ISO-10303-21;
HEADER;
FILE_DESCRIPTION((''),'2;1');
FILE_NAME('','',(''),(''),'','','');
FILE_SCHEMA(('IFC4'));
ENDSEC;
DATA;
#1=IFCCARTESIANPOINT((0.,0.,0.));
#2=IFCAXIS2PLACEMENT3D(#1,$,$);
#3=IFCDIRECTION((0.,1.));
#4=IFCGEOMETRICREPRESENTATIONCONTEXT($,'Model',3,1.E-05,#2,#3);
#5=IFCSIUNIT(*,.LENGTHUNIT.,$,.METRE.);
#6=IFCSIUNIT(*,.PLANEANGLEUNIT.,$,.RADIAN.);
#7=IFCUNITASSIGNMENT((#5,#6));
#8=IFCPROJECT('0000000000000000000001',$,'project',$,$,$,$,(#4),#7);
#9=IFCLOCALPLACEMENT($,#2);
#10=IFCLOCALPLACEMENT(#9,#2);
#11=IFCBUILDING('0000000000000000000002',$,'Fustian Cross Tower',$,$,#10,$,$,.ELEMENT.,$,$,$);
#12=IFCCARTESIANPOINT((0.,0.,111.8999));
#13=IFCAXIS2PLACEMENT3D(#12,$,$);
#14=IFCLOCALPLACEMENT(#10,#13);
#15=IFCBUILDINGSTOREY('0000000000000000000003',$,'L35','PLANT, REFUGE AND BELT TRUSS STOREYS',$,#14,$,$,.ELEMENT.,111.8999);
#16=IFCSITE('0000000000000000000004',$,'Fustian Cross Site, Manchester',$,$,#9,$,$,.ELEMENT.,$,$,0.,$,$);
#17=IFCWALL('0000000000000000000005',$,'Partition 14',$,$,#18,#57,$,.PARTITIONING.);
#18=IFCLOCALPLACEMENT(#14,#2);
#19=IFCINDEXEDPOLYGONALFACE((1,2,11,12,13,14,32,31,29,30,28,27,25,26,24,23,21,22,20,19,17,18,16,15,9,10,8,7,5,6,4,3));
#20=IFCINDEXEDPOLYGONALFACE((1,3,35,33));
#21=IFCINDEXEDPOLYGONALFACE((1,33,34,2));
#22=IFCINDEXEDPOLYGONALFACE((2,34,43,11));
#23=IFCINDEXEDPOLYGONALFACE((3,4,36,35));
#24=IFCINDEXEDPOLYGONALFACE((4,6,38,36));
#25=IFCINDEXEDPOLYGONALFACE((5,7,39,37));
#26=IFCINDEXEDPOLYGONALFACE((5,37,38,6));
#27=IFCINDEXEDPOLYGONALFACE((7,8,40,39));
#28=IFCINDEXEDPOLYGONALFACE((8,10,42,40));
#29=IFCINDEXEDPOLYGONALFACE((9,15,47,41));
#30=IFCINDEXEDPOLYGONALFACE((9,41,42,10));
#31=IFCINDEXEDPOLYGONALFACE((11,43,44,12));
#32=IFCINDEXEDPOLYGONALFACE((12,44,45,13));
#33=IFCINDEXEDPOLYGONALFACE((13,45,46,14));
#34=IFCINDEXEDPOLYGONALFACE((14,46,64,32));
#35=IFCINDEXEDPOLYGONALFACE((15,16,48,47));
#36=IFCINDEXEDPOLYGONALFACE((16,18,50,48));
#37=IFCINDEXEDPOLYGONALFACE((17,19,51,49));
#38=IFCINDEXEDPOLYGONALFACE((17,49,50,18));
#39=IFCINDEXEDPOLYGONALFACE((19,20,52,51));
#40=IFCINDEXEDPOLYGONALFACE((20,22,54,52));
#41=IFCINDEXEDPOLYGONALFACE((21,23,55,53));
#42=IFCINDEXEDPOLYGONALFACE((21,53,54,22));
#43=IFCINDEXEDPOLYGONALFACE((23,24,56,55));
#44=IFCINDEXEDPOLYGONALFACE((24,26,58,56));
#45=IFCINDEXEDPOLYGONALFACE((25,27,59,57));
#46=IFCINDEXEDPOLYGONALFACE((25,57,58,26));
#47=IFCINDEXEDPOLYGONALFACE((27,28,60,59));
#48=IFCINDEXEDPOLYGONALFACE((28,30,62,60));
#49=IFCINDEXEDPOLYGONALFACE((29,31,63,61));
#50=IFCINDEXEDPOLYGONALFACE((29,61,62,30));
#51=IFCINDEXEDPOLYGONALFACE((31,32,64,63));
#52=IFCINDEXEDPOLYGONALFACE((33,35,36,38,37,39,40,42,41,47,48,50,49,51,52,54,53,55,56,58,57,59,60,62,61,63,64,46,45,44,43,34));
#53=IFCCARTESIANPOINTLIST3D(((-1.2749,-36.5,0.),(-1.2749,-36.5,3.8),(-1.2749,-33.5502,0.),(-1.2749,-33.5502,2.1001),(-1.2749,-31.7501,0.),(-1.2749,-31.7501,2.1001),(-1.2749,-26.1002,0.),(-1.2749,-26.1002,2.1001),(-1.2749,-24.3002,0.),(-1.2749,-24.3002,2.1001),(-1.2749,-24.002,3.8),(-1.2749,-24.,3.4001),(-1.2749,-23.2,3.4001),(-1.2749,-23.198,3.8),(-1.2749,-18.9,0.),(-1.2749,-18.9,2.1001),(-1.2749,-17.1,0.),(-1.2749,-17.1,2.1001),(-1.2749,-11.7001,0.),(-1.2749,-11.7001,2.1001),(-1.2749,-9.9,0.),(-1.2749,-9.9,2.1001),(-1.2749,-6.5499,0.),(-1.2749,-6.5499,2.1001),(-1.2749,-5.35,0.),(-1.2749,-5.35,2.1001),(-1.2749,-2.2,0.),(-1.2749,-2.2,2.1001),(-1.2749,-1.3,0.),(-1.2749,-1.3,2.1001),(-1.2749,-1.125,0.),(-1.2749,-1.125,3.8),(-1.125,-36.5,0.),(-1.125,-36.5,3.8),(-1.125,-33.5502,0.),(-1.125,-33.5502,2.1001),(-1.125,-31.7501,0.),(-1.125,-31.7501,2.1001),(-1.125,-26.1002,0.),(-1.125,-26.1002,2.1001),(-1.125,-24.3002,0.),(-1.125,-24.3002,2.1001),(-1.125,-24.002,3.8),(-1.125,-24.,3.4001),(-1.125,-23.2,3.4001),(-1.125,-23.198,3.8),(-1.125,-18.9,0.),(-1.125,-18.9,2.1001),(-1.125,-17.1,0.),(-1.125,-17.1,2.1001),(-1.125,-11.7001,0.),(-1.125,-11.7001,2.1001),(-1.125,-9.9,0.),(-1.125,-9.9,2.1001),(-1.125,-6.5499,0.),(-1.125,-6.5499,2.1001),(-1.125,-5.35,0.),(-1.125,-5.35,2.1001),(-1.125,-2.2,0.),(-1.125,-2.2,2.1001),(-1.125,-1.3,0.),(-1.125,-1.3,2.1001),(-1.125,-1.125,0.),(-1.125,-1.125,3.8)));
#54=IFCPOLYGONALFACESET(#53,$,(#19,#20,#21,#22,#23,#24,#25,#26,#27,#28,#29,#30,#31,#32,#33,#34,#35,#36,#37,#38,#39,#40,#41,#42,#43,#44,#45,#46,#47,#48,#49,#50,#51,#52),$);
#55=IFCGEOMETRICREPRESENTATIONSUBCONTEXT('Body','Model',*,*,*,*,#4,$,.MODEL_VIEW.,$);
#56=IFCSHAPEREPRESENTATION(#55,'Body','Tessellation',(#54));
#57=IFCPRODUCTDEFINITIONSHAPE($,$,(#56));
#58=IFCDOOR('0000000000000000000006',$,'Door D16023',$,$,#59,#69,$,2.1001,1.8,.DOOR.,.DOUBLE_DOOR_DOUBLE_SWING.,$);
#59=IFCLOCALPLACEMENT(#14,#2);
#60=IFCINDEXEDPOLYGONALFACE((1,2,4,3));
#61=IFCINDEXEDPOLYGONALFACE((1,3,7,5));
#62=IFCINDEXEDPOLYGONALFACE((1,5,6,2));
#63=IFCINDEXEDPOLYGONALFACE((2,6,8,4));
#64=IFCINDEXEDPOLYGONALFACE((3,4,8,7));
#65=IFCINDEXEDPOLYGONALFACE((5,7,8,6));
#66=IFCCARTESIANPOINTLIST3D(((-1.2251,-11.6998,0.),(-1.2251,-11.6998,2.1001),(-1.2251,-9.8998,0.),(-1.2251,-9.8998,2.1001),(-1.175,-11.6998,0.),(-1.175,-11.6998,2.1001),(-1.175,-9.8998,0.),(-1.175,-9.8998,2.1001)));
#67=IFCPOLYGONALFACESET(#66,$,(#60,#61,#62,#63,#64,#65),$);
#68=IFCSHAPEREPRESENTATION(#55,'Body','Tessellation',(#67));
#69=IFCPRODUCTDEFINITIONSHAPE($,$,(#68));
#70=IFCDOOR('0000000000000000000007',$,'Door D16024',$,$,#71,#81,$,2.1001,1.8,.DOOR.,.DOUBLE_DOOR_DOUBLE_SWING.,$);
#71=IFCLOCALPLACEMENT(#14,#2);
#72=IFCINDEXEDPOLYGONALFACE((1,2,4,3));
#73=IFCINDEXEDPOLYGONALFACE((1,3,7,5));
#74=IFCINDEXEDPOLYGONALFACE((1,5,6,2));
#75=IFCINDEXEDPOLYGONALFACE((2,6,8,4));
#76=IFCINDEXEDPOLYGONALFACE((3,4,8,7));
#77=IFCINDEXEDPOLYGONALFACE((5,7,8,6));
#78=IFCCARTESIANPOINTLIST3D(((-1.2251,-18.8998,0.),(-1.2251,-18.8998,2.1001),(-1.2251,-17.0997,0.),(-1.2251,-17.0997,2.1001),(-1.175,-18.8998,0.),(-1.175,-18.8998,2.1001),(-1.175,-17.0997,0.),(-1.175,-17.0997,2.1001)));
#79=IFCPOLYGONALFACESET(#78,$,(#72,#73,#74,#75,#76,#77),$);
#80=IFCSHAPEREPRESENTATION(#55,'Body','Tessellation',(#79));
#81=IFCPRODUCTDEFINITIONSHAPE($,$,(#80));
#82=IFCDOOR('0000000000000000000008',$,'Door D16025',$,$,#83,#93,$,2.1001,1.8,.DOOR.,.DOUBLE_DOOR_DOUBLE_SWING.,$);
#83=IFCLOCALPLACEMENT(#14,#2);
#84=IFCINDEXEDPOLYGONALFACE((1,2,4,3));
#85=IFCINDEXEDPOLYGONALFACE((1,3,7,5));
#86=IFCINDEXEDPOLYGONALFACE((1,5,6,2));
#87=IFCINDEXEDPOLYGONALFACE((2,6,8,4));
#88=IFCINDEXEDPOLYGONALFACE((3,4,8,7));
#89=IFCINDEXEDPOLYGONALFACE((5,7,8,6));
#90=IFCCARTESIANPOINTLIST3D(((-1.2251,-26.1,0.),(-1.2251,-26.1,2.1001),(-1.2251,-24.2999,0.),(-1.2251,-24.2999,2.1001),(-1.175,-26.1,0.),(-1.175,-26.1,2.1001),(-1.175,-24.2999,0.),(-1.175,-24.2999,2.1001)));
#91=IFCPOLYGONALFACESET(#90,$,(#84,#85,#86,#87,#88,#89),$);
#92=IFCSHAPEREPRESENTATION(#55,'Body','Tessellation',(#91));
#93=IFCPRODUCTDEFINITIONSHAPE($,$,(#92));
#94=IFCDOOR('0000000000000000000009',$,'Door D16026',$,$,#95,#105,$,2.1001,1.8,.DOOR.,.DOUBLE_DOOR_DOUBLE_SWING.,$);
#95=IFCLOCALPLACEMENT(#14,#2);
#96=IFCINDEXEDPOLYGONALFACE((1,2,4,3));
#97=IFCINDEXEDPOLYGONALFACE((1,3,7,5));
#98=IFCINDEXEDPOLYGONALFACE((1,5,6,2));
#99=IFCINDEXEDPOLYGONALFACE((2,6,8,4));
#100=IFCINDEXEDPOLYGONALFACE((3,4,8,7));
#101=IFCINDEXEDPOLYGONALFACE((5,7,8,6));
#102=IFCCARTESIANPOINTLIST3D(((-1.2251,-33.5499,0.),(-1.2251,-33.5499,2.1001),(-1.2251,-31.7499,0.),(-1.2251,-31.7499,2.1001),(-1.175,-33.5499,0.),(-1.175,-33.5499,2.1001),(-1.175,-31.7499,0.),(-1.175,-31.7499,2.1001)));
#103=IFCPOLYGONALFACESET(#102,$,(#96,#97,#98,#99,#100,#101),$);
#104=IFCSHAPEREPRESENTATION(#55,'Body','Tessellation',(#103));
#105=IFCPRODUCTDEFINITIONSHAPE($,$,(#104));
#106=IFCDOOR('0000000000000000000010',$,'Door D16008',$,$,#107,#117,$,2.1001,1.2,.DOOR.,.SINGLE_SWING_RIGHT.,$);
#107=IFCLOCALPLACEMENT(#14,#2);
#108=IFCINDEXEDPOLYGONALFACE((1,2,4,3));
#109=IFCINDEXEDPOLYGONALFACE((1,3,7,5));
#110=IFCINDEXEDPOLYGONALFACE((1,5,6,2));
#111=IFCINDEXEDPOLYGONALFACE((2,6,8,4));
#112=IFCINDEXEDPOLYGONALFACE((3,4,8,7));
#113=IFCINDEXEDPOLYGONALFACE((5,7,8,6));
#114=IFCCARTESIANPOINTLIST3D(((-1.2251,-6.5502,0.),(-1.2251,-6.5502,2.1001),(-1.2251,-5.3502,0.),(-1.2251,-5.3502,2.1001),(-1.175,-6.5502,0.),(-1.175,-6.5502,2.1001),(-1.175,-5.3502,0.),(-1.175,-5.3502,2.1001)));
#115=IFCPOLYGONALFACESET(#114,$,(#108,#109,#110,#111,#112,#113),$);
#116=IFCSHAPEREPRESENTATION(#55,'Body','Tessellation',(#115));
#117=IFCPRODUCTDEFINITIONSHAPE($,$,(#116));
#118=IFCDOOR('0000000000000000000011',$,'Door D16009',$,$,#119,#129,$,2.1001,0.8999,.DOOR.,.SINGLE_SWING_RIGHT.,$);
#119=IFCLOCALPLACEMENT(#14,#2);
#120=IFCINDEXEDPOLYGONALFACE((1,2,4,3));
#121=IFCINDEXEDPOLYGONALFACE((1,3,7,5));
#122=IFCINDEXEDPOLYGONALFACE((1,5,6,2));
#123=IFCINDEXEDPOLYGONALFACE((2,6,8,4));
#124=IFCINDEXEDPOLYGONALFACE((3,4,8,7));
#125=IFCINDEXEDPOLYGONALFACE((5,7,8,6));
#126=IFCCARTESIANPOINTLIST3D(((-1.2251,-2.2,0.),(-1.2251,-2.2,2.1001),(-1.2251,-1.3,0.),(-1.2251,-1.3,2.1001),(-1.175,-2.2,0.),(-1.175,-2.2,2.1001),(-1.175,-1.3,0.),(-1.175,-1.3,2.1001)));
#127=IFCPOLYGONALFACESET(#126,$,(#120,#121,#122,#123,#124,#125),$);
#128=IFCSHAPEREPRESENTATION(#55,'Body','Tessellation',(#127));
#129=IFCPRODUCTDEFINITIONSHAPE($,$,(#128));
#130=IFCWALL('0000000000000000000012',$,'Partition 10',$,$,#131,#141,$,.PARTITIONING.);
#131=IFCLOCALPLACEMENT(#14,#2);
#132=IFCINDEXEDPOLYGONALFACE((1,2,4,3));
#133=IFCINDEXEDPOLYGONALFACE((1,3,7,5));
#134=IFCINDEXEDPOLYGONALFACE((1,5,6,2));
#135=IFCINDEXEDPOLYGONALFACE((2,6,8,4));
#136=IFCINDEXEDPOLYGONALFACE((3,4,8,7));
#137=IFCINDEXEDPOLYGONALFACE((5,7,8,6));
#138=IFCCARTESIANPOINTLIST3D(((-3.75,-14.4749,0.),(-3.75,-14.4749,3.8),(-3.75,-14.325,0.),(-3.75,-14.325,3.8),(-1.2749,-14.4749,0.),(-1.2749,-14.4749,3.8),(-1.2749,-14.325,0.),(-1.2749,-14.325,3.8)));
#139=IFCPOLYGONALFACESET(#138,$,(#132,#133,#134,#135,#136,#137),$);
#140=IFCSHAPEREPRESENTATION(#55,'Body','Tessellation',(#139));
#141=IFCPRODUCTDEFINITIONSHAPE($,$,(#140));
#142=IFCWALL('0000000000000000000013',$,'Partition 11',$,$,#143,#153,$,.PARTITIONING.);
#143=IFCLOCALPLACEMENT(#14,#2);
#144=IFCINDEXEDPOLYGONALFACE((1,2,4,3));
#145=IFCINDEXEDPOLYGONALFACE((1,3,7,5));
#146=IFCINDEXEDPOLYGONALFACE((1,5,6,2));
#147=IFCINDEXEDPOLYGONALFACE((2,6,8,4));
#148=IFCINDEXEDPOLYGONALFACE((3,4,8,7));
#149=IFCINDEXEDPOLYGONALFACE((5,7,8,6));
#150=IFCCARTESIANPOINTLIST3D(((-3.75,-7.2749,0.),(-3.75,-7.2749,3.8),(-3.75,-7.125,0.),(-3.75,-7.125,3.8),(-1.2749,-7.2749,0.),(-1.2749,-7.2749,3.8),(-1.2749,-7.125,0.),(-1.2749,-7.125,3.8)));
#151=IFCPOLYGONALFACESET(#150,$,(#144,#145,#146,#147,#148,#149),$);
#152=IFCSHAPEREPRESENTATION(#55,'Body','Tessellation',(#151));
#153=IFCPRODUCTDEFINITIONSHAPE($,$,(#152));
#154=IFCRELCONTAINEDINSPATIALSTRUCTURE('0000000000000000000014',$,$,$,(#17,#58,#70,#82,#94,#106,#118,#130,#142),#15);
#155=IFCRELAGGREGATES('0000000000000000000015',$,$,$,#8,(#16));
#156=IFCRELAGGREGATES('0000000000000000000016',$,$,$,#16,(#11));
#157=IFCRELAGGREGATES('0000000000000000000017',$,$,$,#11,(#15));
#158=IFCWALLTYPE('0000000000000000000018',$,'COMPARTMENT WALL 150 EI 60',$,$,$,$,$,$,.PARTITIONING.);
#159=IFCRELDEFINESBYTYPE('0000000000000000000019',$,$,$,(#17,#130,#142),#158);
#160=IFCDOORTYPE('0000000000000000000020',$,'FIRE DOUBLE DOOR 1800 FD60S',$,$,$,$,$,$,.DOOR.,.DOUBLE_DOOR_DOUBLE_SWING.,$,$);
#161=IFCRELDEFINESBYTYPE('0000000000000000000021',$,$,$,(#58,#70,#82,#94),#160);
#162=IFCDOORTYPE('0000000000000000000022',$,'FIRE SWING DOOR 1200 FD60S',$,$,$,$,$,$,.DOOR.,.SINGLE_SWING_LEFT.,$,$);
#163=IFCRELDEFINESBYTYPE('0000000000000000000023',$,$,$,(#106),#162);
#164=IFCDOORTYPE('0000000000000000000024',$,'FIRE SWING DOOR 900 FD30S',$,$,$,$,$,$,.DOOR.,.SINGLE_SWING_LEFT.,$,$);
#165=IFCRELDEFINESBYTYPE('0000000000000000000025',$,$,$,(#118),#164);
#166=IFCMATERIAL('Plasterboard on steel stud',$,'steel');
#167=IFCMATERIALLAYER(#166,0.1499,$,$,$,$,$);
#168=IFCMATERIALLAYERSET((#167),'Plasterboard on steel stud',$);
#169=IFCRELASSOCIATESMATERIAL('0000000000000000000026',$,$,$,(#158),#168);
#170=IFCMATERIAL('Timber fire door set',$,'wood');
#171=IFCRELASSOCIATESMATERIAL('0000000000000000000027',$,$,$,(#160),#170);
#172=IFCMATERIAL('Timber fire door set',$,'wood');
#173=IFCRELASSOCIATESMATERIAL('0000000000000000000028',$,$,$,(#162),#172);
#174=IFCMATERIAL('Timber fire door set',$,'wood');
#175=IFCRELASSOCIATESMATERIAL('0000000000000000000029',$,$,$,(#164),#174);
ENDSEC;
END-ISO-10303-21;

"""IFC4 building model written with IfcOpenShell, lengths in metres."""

from ifc_helpers import new_model, si_unit, direction, frame, frame_2d, origin, place, context, subcontext, project, spatial, polyline, rectangle, outline, extrude, material, layer, layer_set, type_object, element, fill, save


model = new_model("IFC4")

# Units and contexts
model_context = context("Model", 3, precision=1e-05, world=origin(), true_north=direction((0.0, 1.0)))
body_context = subcontext(model_context, "Body", "Model", "MODEL_VIEW")
ifc_project = project(units=[si_unit("LENGTHUNIT", "METRE"), si_unit("PLANEANGLEUNIT", "RADIAN")], contexts=[model_context])

# Site, building, storey
site_placement = place(None, origin())
site = spatial("IfcSite", under=ifc_project, at=site_placement, Name="Fustian Cross Site, Manchester", CompositionType="ELEMENT", RefElevation=0.0)
building_placement = place(site_placement, origin())
building = spatial("IfcBuilding", under=site, at=building_placement, Name="Fustian Cross Tower", CompositionType="ELEMENT")
storey_placement = place(building_placement, frame((0.0, 0.0, 111.8999)))
storey = spatial("IfcBuildingStorey", under=building, at=storey_placement, Name="L35", Description="PLANT, REFUGE AND BELT TRUSS STOREYS", CompositionType="ELEMENT", Elevation=111.8999)

# Wall, openings, doors
ifc_material_1 = material(Name="Plasterboard on steel stud", Category="steel")
ifc_layer_1 = layer(ifc_material_1, 0.1499)
ifc_layer_set_1 = layer_set([ifc_layer_1], Name="Plasterboard on steel stud")
wall_type_1 = type_object("IfcWallType", Name="COMPARTMENT WALL 150 EI 60", PredefinedType="PARTITIONING", material=ifc_layer_set_1)
wall_1_placement = place(storey_placement, frame((-1.2, -36.5, 0.0), z_axis=(0.0, 0.0, 1.0), x_axis=(0.0, 1.0, 0.0)))
wall_1 = element("IfcWall", 1, at=wall_1_placement, inside=storey, type_object=wall_type_1, Name="Partition 14", PredefinedType="PARTITIONING", context=body_context, shape_type="SweptSolid", body=[
    extrude(outline(polyline([(0.0, 0.0), (35.375, 0.0), (35.375, 3.8), (13.302, 3.8), (13.3, 3.4001), (12.5, 3.4001), (12.498, 3.8), (0.0, 3.8), (0.0, 0.0)])), frame((0.0, 0.075, 0.0), z_axis=(0.0, -1.0, 0.0), x_axis=(1.0, 0.0, 0.0)), (0.0, 0.0, 1.0), 0.1499),
])
opening_1_placement = place(wall_1_placement, frame((29.95, 0.0, 0.0)))
opening_1 = element("IfcOpeningElement", 2, at=opening_1_placement, cuts=wall_1, PredefinedType="OPENING", context=body_context, shape_type="SweptSolid", body=[
    extrude(rectangle(XDim=1.2, YDim=2.1001, at=frame_2d((0.6001, 1.05))), frame((0.0, 0.085, 0.0), z_axis=(0.0, -1.0, 0.0), x_axis=(1.0, 0.0, 0.0)), (0.0, 0.0, 1.0), 0.1699),
])
opening_2_placement = place(wall_1_placement, frame((34.3, 0.0, 0.0)))
opening_2 = element("IfcOpeningElement", 3, at=opening_2_placement, cuts=wall_1, PredefinedType="OPENING", context=body_context, shape_type="SweptSolid", body=[
    extrude(rectangle(XDim=0.8999, YDim=2.1001, at=frame_2d((0.45, 1.05))), frame((0.0, 0.085, 0.0), z_axis=(0.0, -1.0, 0.0), x_axis=(1.0, 0.0, 0.0)), (0.0, 0.0, 1.0), 0.1699),
])
opening_3_placement = place(wall_1_placement, frame((24.8, 0.0, 0.0)))
opening_3 = element("IfcOpeningElement", 4, at=opening_3_placement, cuts=wall_1, PredefinedType="OPENING", context=body_context, shape_type="SweptSolid", body=[
    extrude(rectangle(XDim=1.8, YDim=2.1001, at=frame_2d((0.8999, 1.05))), frame((0.0, 0.085, 0.0), z_axis=(0.0, -1.0, 0.0), x_axis=(1.0, 0.0, 0.0)), (0.0, 0.0, 1.0), 0.1699),
])
opening_4_placement = place(wall_1_placement, frame((17.6001, 0.0, 0.0)))
opening_4 = element("IfcOpeningElement", 5, at=opening_4_placement, cuts=wall_1, PredefinedType="OPENING", context=body_context, shape_type="SweptSolid", body=[
    extrude(rectangle(XDim=1.8, YDim=2.1001, at=frame_2d((0.8999, 1.05))), frame((0.0, 0.085, 0.0), z_axis=(0.0, -1.0, 0.0), x_axis=(1.0, 0.0, 0.0)), (0.0, 0.0, 1.0), 0.1699),
])
opening_5_placement = place(wall_1_placement, frame((10.3999, 0.0, 0.0)))
opening_5 = element("IfcOpeningElement", 6, at=opening_5_placement, cuts=wall_1, PredefinedType="OPENING", context=body_context, shape_type="SweptSolid", body=[
    extrude(rectangle(XDim=1.8, YDim=2.1001, at=frame_2d((0.8999, 1.05))), frame((0.0, 0.085, 0.0), z_axis=(0.0, -1.0, 0.0), x_axis=(1.0, 0.0, 0.0)), (0.0, 0.0, 1.0), 0.1699),
])
opening_6_placement = place(wall_1_placement, frame((2.95, 0.0, 0.0)))
opening_6 = element("IfcOpeningElement", 7, at=opening_6_placement, cuts=wall_1, PredefinedType="OPENING", context=body_context, shape_type="SweptSolid", body=[
    extrude(rectangle(XDim=1.8, YDim=2.1001, at=frame_2d((0.8999, 1.05))), frame((0.0, 0.085, 0.0), z_axis=(0.0, -1.0, 0.0), x_axis=(1.0, 0.0, 0.0)), (0.0, 0.0, 1.0), 0.1699),
])
ifc_material_2 = material(Name="Timber fire door set", Category="wood")
door_type_1 = type_object("IfcDoorType", Name="FIRE DOUBLE DOOR 1800 FD60S", OperationType="DOUBLE_DOOR_DOUBLE_SWING", PredefinedType="DOOR", material=ifc_material_2)
door_1_placement = place(opening_3_placement, frame((1.8, 0.0, 0.0), z_axis=(0.0, 0.0, 1.0), x_axis=(-1.0, 0.0, 0.0)))
door_1 = element("IfcDoor", 8, at=door_1_placement, inside=storey, type_object=door_type_1, Name="Door D16023", OperationType="DOUBLE_DOOR_DOUBLE_SWING", OverallHeight=2.1001, OverallWidth=1.8, PredefinedType="DOOR", context=body_context, shape_type="SweptSolid", body=[
    extrude(rectangle(XDim=1.8, YDim=2.1001, at=frame_2d((0.8999, 1.05))), frame((0.0, 0.0249, 0.0), z_axis=(0.0, -1.0, 0.0), x_axis=(1.0, 0.0, 0.0)), (0.0, 0.0, 1.0), 0.05),
])
fill(opening_3, door_1)
door_2_placement = place(opening_4_placement, frame((1.8, 0.0, 0.0), z_axis=(0.0, 0.0, 1.0), x_axis=(-1.0, 0.0, 0.0)))
door_2 = element("IfcDoor", 9, at=door_2_placement, inside=storey, type_object=door_type_1, Name="Door D16024", OperationType="DOUBLE_DOOR_DOUBLE_SWING", OverallHeight=2.1001, OverallWidth=1.8, PredefinedType="DOOR", context=body_context, shape_type="SweptSolid", body=[
    extrude(rectangle(XDim=1.8, YDim=2.1001, at=frame_2d((0.8999, 1.05))), frame((0.0, 0.0249, 0.0), z_axis=(0.0, -1.0, 0.0), x_axis=(1.0, 0.0, 0.0)), (0.0, 0.0, 1.0), 0.05),
])
fill(opening_4, door_2)
door_3_placement = place(opening_5_placement, frame((1.8, 0.0, 0.0), z_axis=(0.0, 0.0, 1.0), x_axis=(-1.0, 0.0, 0.0)))
door_3 = element("IfcDoor", 10, at=door_3_placement, inside=storey, type_object=door_type_1, Name="Door D16025", OperationType="DOUBLE_DOOR_DOUBLE_SWING", OverallHeight=2.1001, OverallWidth=1.8, PredefinedType="DOOR", context=body_context, shape_type="SweptSolid", body=[
    extrude(rectangle(XDim=1.8, YDim=2.1001, at=frame_2d((0.8999, 1.05))), frame((0.0, 0.0249, 0.0), z_axis=(0.0, -1.0, 0.0), x_axis=(1.0, 0.0, 0.0)), (0.0, 0.0, 1.0), 0.05),
])
fill(opening_5, door_3)
door_4_placement = place(opening_6_placement, frame((1.8, 0.0, 0.0), z_axis=(0.0, 0.0, 1.0), x_axis=(-1.0, 0.0, 0.0)))
door_4 = element("IfcDoor", 11, at=door_4_placement, inside=storey, type_object=door_type_1, Name="Door D16026", OperationType="DOUBLE_DOOR_DOUBLE_SWING", OverallHeight=2.1001, OverallWidth=1.8, PredefinedType="DOOR", context=body_context, shape_type="SweptSolid", body=[
    extrude(rectangle(XDim=1.8, YDim=2.1001, at=frame_2d((0.8999, 1.05))), frame((0.0, 0.0249, 0.0), z_axis=(0.0, -1.0, 0.0), x_axis=(1.0, 0.0, 0.0)), (0.0, 0.0, 1.0), 0.05),
])
fill(opening_6, door_4)
ifc_material_3 = material(Name="Timber fire door set", Category="wood")
door_type_2 = type_object("IfcDoorType", Name="FIRE SWING DOOR 1200 FD60S", OperationType="SINGLE_SWING_LEFT", PredefinedType="DOOR", material=ifc_material_3)
door_5_placement = place(opening_1_placement, frame((1.2, 0.0, 0.0), z_axis=(0.0, 0.0, 1.0), x_axis=(-1.0, 0.0, 0.0)))
door_5 = element("IfcDoor", 12, at=door_5_placement, inside=storey, type_object=door_type_2, Name="Door D16008", OperationType="SINGLE_SWING_RIGHT", OverallHeight=2.1001, OverallWidth=1.2, PredefinedType="DOOR", context=body_context, shape_type="SweptSolid", body=[
    extrude(rectangle(XDim=1.2, YDim=2.1001, at=frame_2d((0.6001, 1.05))), frame((0.0, 0.0249, 0.0), z_axis=(0.0, -1.0, 0.0), x_axis=(1.0, 0.0, 0.0)), (0.0, 0.0, 1.0), 0.05),
])
fill(opening_1, door_5)
ifc_material_4 = material(Name="Timber fire door set", Category="wood")
door_type_3 = type_object("IfcDoorType", Name="FIRE SWING DOOR 900 FD30S", OperationType="SINGLE_SWING_LEFT", PredefinedType="DOOR", material=ifc_material_4)
door_6_placement = place(opening_2_placement, frame((0.8999, 0.0, 0.0), z_axis=(0.0, 0.0, 1.0), x_axis=(-1.0, 0.0, 0.0)))
door_6 = element("IfcDoor", 13, at=door_6_placement, inside=storey, type_object=door_type_3, Name="Door D16009", OperationType="SINGLE_SWING_RIGHT", OverallHeight=2.1001, OverallWidth=0.8999, PredefinedType="DOOR", context=body_context, shape_type="SweptSolid", body=[
    extrude(rectangle(XDim=0.8999, YDim=2.1001, at=frame_2d((0.45, 1.05))), frame((0.0, 0.0249, 0.0), z_axis=(0.0, -1.0, 0.0), x_axis=(1.0, 0.0, 0.0)), (0.0, 0.0, 1.0), 0.05),
])
fill(opening_2, door_6)

# Walls
for number, where, z_axis, x_axis, name in (
    (14, (-3.75, -14.3999, 0.0), (0.0, 0.0, 1.0), (1.0, 0.0, 0.0), "Partition 10"),
    (15, (-3.75, -7.2, 0.0), (0.0, 0.0, 1.0), (1.0, 0.0, 0.0), "Partition 11"),
):
    element("IfcWall", number, at=place(storey_placement, frame(where, z_axis=z_axis, x_axis=x_axis)), inside=storey, type_object=wall_type_1, Name=name, PredefinedType="PARTITIONING", context=body_context, shape_type="SweptSolid", body=[
        extrude(rectangle(XDim=2.4751, YDim=0.1499, at=frame_2d((1.2375, 0.0))), origin(), (0.0, 0.0, 1.0), 3.8),
    ])

save(model, "model.ifc")
